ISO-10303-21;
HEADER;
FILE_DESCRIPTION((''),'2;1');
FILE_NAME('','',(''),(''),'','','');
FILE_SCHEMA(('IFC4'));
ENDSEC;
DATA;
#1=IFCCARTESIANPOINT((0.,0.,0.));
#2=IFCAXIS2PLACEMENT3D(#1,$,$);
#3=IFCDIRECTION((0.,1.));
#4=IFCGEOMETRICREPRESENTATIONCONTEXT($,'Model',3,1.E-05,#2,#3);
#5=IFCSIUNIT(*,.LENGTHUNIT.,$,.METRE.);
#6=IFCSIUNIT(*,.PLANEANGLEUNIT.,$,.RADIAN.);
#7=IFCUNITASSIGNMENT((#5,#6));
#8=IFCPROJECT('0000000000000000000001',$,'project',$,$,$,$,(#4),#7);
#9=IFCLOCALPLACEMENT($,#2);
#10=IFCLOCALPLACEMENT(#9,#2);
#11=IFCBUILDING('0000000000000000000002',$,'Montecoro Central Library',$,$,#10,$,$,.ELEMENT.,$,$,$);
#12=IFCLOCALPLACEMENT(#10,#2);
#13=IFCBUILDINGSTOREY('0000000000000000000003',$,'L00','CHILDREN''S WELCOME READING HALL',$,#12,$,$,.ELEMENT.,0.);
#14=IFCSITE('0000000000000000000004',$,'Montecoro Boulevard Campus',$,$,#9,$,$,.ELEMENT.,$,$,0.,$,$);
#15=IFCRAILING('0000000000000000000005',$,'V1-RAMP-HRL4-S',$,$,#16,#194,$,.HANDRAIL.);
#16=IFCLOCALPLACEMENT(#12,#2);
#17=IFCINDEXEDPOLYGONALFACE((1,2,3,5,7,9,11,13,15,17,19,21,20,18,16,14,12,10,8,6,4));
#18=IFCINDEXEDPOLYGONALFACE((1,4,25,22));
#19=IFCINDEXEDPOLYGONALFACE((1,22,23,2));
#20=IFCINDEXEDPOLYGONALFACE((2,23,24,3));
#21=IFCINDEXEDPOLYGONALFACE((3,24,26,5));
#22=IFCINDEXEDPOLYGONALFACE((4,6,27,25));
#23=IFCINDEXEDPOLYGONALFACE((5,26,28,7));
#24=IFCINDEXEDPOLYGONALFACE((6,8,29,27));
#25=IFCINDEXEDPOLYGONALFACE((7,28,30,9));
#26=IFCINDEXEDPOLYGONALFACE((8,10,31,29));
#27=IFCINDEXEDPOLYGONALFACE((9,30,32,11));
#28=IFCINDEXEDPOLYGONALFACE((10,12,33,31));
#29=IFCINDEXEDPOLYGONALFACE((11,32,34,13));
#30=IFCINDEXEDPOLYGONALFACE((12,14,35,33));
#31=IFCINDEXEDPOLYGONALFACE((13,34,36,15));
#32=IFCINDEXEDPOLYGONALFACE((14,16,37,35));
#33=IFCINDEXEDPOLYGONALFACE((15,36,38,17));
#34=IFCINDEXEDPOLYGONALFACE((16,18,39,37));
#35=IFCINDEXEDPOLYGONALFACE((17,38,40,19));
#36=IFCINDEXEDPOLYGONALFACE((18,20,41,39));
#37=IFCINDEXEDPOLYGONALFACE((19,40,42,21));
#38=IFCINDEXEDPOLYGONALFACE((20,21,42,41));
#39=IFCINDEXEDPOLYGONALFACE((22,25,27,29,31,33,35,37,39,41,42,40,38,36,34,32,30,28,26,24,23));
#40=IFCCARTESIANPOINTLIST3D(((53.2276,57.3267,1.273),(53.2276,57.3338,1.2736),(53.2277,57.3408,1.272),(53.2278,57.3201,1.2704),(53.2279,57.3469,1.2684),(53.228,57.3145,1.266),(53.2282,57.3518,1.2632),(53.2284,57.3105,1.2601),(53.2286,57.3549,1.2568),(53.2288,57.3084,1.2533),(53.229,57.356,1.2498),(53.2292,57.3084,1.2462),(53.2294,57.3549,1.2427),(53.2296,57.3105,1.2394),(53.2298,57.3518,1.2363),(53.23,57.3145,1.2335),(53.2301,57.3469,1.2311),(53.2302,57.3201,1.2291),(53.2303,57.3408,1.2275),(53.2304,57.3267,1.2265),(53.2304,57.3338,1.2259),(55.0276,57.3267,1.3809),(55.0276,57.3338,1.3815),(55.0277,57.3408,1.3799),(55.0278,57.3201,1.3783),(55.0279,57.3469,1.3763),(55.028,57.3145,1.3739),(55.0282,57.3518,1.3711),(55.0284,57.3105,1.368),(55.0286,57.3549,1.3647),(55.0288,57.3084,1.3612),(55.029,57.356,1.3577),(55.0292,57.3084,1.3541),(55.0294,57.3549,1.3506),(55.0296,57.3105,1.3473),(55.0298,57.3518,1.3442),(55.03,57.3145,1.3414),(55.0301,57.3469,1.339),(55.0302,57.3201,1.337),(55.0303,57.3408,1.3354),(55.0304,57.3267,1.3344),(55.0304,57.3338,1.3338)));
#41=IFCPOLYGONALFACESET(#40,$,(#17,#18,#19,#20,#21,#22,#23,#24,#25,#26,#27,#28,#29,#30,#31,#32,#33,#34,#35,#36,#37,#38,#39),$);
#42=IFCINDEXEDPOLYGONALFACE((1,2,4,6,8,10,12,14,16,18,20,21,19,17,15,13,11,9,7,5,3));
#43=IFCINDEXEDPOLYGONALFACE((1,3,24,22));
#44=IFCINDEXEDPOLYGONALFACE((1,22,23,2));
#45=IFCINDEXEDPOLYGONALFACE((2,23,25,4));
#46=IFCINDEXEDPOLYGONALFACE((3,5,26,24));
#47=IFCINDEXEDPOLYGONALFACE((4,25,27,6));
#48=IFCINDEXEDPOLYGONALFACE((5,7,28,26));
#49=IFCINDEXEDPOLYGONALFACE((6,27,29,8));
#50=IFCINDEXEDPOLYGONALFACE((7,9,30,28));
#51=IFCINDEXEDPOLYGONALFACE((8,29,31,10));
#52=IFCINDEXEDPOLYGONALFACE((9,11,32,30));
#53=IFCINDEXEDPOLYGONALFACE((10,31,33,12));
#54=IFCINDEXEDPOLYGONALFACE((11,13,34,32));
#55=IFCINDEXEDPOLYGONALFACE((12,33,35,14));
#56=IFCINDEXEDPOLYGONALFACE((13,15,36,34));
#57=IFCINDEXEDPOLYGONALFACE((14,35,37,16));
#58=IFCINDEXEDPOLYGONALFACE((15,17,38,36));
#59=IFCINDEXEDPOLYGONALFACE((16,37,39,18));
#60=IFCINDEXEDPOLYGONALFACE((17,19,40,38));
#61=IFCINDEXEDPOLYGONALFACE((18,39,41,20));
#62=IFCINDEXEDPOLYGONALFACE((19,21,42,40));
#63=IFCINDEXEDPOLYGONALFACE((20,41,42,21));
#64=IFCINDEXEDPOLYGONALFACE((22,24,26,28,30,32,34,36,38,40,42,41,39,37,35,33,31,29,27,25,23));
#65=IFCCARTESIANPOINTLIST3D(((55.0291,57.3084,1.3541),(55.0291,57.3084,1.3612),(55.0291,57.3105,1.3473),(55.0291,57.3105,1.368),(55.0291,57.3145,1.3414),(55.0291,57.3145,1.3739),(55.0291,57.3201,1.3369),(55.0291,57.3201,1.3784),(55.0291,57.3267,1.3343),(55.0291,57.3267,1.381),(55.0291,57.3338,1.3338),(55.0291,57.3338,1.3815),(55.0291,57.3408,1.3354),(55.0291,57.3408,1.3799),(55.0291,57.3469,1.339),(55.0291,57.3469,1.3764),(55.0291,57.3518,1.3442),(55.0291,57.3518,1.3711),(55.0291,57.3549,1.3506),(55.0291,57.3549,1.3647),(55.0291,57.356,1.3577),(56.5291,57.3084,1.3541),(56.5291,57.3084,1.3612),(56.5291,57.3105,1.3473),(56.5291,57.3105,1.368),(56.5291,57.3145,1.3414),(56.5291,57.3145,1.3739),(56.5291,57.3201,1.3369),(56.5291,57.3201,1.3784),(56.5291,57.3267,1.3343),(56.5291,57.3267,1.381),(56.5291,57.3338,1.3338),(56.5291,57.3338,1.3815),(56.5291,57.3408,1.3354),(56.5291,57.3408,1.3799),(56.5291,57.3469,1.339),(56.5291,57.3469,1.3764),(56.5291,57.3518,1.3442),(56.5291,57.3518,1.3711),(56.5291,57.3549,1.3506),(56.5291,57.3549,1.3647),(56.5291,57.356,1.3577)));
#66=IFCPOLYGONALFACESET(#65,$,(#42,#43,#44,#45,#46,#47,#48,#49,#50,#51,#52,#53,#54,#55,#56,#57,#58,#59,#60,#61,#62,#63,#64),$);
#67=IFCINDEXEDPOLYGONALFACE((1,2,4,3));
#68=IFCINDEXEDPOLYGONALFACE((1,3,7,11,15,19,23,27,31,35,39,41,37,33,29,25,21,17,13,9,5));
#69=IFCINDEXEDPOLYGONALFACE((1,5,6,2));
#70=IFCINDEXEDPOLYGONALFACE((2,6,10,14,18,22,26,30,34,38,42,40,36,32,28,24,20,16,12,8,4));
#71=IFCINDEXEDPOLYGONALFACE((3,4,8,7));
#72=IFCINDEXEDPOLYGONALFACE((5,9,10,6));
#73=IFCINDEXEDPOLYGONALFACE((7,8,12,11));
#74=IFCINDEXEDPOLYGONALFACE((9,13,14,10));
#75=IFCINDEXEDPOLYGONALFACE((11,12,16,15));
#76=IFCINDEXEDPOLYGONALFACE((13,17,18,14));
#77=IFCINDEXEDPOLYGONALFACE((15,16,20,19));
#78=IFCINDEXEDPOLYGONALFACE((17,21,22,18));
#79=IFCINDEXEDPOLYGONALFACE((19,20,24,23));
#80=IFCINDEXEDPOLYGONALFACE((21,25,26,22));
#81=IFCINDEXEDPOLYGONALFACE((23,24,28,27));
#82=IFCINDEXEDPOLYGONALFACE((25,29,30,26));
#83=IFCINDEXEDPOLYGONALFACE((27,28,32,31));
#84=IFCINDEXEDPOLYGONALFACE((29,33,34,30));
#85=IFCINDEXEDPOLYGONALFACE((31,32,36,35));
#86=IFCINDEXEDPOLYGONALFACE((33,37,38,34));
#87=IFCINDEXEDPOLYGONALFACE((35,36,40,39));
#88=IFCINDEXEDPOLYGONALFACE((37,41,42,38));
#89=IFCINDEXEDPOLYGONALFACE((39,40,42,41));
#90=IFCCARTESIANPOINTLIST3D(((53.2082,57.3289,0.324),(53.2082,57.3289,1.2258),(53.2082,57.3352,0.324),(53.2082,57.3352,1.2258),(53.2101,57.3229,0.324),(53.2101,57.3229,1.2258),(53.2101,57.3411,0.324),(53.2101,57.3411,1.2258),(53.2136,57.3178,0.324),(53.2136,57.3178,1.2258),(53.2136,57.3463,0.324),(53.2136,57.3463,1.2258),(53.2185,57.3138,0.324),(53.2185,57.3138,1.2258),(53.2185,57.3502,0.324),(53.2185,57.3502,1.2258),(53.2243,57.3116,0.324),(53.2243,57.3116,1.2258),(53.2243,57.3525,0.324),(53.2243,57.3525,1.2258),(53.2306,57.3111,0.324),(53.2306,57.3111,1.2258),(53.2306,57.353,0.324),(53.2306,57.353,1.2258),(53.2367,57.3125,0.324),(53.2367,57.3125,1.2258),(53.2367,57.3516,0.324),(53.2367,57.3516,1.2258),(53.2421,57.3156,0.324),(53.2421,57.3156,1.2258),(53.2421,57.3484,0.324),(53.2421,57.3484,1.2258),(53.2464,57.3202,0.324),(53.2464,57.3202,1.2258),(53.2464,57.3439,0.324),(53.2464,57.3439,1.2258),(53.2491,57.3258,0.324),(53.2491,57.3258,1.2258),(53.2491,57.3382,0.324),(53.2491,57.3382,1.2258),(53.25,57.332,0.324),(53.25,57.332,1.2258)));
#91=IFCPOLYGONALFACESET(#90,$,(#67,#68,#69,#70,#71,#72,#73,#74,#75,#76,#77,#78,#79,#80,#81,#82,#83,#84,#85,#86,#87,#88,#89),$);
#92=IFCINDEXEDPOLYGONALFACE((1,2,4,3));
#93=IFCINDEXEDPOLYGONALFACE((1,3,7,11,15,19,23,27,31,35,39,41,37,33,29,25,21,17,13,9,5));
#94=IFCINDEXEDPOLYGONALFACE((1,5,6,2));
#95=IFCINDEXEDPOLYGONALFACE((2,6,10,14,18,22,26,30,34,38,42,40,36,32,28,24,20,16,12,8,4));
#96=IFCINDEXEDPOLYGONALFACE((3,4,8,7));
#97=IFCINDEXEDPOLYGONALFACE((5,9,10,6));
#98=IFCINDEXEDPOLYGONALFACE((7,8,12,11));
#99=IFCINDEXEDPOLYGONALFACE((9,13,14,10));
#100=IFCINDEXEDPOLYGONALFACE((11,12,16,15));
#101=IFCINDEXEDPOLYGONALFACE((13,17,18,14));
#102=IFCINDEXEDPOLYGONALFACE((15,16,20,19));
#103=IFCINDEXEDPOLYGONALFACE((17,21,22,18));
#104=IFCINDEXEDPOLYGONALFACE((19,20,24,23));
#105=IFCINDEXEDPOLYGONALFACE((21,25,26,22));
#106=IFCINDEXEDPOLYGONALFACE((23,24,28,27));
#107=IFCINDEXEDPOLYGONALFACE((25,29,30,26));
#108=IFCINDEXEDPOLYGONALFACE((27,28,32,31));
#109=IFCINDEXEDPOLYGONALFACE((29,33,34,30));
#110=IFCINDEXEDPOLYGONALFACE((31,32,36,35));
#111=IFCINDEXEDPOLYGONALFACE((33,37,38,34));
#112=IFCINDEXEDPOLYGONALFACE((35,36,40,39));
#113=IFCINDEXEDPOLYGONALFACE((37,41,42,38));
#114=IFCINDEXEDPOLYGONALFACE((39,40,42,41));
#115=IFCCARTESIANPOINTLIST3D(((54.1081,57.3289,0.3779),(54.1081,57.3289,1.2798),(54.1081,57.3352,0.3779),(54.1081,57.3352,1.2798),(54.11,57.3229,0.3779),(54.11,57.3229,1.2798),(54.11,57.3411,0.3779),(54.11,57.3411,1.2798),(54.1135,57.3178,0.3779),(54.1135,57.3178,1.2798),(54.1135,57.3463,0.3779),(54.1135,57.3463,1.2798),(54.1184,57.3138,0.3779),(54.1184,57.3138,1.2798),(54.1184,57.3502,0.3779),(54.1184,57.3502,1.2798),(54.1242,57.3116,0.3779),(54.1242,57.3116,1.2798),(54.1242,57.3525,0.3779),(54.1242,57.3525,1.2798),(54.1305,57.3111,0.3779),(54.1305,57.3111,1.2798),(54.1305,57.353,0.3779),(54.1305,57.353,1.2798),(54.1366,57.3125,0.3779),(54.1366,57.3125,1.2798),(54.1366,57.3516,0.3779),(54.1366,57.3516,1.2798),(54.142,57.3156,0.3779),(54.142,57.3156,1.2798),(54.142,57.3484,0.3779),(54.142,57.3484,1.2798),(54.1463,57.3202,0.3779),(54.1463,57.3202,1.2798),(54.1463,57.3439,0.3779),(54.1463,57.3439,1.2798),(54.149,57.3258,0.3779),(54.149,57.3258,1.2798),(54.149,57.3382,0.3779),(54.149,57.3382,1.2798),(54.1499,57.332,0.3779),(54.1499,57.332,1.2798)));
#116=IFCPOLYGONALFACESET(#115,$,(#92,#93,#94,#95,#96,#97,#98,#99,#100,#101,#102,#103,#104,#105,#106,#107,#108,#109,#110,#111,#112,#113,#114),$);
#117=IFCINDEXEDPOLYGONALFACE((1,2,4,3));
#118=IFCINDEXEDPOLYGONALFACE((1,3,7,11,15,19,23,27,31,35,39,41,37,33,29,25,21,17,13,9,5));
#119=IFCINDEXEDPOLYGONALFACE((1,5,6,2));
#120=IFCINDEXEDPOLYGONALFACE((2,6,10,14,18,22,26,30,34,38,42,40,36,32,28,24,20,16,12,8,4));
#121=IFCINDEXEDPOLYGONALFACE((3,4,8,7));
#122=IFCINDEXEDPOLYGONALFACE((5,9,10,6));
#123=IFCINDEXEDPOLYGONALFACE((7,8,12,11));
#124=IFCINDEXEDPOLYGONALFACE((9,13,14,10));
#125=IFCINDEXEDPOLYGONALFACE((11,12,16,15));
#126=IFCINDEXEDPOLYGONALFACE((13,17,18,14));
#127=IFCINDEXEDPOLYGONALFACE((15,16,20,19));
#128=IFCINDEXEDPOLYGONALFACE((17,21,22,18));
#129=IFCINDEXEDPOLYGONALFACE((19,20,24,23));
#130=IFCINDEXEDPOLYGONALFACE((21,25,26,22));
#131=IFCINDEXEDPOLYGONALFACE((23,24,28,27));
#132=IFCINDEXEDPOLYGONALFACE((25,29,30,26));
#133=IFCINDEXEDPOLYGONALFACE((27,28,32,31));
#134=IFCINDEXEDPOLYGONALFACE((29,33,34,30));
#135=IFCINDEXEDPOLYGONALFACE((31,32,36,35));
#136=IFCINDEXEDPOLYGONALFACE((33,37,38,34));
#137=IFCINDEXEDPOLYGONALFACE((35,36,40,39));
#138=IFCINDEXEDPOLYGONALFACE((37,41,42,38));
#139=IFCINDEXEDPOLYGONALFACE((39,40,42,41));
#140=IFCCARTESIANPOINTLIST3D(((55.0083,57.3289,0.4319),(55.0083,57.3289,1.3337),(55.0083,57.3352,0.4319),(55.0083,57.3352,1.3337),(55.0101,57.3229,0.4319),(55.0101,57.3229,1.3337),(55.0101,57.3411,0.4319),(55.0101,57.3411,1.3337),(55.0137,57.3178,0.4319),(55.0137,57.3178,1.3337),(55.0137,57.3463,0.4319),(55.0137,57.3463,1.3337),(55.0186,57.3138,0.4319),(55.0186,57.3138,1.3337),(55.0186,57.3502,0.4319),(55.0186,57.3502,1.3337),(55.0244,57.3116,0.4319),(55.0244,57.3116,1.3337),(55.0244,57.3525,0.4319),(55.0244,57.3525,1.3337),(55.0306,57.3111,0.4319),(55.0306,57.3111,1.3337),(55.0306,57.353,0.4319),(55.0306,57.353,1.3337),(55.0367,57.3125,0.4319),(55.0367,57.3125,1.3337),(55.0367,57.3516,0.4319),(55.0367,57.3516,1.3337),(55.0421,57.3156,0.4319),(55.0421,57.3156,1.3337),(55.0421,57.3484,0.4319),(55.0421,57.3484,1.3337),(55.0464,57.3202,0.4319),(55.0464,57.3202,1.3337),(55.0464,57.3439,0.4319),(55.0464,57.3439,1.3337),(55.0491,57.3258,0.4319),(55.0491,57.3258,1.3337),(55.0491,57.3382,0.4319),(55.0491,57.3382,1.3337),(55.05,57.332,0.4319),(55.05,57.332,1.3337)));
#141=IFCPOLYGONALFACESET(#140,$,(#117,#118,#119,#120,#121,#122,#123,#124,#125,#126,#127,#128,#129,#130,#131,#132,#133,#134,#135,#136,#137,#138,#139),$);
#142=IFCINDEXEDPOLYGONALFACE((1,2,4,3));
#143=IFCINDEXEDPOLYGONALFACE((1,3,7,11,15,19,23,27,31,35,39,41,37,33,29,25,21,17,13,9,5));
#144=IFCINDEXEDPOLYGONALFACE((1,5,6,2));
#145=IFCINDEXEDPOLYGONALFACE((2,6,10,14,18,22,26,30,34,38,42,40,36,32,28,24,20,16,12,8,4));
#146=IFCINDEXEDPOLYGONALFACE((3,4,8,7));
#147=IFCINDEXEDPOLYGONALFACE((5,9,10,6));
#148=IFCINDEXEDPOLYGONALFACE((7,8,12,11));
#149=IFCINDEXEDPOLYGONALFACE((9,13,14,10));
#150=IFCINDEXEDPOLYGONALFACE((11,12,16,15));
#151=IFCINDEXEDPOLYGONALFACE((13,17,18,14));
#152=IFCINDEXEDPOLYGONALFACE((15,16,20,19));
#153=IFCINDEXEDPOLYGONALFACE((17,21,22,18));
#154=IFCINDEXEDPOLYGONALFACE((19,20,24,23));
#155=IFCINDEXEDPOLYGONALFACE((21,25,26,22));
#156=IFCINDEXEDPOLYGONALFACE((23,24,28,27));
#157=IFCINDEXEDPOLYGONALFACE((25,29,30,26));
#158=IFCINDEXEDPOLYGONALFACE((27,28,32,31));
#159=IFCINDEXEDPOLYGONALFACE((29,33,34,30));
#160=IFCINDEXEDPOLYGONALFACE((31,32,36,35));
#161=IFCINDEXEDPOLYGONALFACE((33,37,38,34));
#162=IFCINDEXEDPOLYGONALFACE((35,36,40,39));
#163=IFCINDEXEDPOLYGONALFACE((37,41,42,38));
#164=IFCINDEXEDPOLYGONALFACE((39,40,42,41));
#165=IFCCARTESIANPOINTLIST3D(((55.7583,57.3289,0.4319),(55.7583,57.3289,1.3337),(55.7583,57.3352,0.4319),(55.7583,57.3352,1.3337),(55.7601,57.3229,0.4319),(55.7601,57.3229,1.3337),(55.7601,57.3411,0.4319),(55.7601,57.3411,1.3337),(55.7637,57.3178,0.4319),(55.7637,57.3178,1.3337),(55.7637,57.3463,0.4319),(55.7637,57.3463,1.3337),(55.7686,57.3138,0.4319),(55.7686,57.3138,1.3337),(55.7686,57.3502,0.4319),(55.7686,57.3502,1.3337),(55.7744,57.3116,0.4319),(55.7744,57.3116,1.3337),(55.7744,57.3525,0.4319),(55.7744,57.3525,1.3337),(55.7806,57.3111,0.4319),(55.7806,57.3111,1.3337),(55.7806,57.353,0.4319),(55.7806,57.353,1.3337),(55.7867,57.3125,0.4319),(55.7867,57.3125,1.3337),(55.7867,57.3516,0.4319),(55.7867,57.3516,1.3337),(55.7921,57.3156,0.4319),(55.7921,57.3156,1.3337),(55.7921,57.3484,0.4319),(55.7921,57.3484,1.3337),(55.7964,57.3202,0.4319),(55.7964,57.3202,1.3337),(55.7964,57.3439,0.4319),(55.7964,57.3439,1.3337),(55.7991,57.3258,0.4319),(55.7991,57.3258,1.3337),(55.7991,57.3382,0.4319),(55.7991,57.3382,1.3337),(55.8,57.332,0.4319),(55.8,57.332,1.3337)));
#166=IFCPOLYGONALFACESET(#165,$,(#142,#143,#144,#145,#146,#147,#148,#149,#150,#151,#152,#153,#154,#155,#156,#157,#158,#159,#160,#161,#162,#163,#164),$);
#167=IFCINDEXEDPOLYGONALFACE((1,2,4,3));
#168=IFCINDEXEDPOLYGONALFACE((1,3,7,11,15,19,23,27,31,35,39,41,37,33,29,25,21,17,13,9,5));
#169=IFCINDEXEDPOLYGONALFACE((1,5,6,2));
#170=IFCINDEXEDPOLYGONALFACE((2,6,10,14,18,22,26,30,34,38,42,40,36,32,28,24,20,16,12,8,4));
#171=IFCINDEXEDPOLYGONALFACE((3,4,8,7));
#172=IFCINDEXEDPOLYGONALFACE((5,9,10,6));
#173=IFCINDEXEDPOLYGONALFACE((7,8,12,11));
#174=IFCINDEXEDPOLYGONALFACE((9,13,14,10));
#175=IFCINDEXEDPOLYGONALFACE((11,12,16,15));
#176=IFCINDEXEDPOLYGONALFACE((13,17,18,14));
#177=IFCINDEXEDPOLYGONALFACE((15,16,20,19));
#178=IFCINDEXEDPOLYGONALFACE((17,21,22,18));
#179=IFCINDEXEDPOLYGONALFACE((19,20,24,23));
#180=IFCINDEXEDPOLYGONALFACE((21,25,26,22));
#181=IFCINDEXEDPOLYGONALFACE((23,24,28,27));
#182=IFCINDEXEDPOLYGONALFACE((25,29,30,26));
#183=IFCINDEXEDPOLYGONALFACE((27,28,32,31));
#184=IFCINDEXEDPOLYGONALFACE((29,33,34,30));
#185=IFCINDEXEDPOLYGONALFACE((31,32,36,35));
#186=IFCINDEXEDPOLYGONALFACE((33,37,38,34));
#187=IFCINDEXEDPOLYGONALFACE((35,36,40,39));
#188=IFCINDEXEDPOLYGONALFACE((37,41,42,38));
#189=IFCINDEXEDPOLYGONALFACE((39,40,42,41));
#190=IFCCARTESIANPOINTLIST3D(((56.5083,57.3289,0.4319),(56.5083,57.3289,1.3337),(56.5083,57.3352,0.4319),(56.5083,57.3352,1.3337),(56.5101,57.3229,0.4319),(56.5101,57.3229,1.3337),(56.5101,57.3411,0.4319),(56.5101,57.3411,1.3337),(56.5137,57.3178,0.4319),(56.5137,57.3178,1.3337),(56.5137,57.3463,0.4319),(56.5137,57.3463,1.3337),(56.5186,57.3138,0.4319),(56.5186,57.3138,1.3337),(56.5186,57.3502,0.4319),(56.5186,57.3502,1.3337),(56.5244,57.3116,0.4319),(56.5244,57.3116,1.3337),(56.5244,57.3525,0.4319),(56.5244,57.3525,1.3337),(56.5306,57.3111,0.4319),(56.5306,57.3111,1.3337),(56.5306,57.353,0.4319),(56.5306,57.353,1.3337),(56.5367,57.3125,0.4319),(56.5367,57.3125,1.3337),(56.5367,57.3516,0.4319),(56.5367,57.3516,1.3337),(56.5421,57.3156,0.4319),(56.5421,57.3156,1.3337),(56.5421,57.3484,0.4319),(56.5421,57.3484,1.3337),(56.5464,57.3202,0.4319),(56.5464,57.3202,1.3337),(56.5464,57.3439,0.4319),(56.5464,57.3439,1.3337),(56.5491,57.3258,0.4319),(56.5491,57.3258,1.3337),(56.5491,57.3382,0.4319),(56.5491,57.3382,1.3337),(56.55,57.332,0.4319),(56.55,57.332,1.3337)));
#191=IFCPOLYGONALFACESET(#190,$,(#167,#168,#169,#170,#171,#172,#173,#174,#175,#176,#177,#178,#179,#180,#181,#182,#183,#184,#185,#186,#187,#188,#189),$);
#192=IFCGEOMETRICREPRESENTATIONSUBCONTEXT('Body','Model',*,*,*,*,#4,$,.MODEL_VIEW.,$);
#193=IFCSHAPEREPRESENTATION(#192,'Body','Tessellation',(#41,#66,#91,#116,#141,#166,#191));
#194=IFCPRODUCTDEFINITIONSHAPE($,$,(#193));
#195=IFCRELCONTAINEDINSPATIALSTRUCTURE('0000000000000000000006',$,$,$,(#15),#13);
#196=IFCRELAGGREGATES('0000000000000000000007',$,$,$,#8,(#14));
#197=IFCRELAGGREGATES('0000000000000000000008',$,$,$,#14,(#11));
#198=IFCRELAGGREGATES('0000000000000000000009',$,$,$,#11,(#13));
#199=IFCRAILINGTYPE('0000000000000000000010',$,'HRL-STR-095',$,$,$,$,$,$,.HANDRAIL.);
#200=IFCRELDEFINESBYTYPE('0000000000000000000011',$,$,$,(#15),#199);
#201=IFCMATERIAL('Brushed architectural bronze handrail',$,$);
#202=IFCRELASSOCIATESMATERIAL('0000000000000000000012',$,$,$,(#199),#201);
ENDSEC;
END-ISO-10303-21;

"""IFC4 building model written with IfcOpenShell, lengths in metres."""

from ifc_helpers import new_model, si_unit, direction, frame, origin, origin_2d, place, context, subcontext, project, spatial, circle, extrude, material, type_object, element, save


model = new_model("IFC4")

# Units and contexts
model_context = context("Model", 3, precision=1e-05, world=origin(), true_north=direction((0.0, 1.0)))
body_context = subcontext(model_context, "Body", "Model", "MODEL_VIEW")
ifc_project = project(units=[si_unit("LENGTHUNIT", "METRE"), si_unit("PLANEANGLEUNIT", "RADIAN")], contexts=[model_context])

# Site, building, storey
site_placement = place(None, origin())
site = spatial("IfcSite", under=ifc_project, at=site_placement, Name="Montecoro Boulevard Campus", CompositionType="ELEMENT", RefElevation=0.0)
building_placement = place(site_placement, origin())
building = spatial("IfcBuilding", under=site, at=building_placement, Name="Montecoro Central Library", CompositionType="ELEMENT")
storey_placement = place(building_placement, origin())
storey = spatial("IfcBuildingStorey", under=building, at=storey_placement, Name="L00", Description="CHILDREN'S WELCOME READING HALL", CompositionType="ELEMENT", Elevation=0.0)

# Railing
ifc_material_1 = material(Name="Brushed architectural bronze handrail")
railing_type = type_object("IfcRailingType", Name="HRL-STR-095", PredefinedType="HANDRAIL", material=ifc_material_1)
for number, where, name in (
    (1, (53.229, 57.332, 0.324), "V1-RAMP-HRL4-S"),
):
    element("IfcRailing", number, at=place(storey_placement, frame(where)), inside=storey, type_object=railing_type, Name=name, PredefinedType="HANDRAIL", context=body_context, shape_type="SweptSolid", body=[
        extrude(circle(Radius=0.0239, at=origin_2d()), frame((0.0, 0.0, 0.9258), z_axis=(0.998208, 0.0, 0.059841), x_axis=(0.0, 1.0, 0.0)), (0.0, 0.0, 1.0), 1.8032),
        extrude(circle(Radius=0.0239, at=origin_2d()), frame((1.8, 0.0, 1.0337), z_axis=(1.0, 0.0, 0.0), x_axis=(0.0, 1.0, 0.0)), (0.0, 0.0, 1.0), 1.5),
        extrude(circle(Radius=0.021, at=origin_2d()), origin(), (0.0, 0.0, 1.0), 0.9019),
        extrude(circle(Radius=0.021, at=origin_2d()), frame((0.8999, 0.0, 0.054)), (0.0, 0.0, 1.0), 0.9019),
        extrude(circle(Radius=0.021, at=origin_2d()), frame((1.8, 0.0, 0.1079)), (0.0, 0.0, 1.0), 0.9019),
        extrude(circle(Radius=0.021, at=origin_2d()), frame((2.55, 0.0, 0.1079)), (0.0, 0.0, 1.0), 0.9019),
        extrude(circle(Radius=0.021, at=origin_2d()), frame((3.3, 0.0, 0.1079)), (0.0, 0.0, 1.0), 0.9019),
    ])

save(model, "model.ifc")
